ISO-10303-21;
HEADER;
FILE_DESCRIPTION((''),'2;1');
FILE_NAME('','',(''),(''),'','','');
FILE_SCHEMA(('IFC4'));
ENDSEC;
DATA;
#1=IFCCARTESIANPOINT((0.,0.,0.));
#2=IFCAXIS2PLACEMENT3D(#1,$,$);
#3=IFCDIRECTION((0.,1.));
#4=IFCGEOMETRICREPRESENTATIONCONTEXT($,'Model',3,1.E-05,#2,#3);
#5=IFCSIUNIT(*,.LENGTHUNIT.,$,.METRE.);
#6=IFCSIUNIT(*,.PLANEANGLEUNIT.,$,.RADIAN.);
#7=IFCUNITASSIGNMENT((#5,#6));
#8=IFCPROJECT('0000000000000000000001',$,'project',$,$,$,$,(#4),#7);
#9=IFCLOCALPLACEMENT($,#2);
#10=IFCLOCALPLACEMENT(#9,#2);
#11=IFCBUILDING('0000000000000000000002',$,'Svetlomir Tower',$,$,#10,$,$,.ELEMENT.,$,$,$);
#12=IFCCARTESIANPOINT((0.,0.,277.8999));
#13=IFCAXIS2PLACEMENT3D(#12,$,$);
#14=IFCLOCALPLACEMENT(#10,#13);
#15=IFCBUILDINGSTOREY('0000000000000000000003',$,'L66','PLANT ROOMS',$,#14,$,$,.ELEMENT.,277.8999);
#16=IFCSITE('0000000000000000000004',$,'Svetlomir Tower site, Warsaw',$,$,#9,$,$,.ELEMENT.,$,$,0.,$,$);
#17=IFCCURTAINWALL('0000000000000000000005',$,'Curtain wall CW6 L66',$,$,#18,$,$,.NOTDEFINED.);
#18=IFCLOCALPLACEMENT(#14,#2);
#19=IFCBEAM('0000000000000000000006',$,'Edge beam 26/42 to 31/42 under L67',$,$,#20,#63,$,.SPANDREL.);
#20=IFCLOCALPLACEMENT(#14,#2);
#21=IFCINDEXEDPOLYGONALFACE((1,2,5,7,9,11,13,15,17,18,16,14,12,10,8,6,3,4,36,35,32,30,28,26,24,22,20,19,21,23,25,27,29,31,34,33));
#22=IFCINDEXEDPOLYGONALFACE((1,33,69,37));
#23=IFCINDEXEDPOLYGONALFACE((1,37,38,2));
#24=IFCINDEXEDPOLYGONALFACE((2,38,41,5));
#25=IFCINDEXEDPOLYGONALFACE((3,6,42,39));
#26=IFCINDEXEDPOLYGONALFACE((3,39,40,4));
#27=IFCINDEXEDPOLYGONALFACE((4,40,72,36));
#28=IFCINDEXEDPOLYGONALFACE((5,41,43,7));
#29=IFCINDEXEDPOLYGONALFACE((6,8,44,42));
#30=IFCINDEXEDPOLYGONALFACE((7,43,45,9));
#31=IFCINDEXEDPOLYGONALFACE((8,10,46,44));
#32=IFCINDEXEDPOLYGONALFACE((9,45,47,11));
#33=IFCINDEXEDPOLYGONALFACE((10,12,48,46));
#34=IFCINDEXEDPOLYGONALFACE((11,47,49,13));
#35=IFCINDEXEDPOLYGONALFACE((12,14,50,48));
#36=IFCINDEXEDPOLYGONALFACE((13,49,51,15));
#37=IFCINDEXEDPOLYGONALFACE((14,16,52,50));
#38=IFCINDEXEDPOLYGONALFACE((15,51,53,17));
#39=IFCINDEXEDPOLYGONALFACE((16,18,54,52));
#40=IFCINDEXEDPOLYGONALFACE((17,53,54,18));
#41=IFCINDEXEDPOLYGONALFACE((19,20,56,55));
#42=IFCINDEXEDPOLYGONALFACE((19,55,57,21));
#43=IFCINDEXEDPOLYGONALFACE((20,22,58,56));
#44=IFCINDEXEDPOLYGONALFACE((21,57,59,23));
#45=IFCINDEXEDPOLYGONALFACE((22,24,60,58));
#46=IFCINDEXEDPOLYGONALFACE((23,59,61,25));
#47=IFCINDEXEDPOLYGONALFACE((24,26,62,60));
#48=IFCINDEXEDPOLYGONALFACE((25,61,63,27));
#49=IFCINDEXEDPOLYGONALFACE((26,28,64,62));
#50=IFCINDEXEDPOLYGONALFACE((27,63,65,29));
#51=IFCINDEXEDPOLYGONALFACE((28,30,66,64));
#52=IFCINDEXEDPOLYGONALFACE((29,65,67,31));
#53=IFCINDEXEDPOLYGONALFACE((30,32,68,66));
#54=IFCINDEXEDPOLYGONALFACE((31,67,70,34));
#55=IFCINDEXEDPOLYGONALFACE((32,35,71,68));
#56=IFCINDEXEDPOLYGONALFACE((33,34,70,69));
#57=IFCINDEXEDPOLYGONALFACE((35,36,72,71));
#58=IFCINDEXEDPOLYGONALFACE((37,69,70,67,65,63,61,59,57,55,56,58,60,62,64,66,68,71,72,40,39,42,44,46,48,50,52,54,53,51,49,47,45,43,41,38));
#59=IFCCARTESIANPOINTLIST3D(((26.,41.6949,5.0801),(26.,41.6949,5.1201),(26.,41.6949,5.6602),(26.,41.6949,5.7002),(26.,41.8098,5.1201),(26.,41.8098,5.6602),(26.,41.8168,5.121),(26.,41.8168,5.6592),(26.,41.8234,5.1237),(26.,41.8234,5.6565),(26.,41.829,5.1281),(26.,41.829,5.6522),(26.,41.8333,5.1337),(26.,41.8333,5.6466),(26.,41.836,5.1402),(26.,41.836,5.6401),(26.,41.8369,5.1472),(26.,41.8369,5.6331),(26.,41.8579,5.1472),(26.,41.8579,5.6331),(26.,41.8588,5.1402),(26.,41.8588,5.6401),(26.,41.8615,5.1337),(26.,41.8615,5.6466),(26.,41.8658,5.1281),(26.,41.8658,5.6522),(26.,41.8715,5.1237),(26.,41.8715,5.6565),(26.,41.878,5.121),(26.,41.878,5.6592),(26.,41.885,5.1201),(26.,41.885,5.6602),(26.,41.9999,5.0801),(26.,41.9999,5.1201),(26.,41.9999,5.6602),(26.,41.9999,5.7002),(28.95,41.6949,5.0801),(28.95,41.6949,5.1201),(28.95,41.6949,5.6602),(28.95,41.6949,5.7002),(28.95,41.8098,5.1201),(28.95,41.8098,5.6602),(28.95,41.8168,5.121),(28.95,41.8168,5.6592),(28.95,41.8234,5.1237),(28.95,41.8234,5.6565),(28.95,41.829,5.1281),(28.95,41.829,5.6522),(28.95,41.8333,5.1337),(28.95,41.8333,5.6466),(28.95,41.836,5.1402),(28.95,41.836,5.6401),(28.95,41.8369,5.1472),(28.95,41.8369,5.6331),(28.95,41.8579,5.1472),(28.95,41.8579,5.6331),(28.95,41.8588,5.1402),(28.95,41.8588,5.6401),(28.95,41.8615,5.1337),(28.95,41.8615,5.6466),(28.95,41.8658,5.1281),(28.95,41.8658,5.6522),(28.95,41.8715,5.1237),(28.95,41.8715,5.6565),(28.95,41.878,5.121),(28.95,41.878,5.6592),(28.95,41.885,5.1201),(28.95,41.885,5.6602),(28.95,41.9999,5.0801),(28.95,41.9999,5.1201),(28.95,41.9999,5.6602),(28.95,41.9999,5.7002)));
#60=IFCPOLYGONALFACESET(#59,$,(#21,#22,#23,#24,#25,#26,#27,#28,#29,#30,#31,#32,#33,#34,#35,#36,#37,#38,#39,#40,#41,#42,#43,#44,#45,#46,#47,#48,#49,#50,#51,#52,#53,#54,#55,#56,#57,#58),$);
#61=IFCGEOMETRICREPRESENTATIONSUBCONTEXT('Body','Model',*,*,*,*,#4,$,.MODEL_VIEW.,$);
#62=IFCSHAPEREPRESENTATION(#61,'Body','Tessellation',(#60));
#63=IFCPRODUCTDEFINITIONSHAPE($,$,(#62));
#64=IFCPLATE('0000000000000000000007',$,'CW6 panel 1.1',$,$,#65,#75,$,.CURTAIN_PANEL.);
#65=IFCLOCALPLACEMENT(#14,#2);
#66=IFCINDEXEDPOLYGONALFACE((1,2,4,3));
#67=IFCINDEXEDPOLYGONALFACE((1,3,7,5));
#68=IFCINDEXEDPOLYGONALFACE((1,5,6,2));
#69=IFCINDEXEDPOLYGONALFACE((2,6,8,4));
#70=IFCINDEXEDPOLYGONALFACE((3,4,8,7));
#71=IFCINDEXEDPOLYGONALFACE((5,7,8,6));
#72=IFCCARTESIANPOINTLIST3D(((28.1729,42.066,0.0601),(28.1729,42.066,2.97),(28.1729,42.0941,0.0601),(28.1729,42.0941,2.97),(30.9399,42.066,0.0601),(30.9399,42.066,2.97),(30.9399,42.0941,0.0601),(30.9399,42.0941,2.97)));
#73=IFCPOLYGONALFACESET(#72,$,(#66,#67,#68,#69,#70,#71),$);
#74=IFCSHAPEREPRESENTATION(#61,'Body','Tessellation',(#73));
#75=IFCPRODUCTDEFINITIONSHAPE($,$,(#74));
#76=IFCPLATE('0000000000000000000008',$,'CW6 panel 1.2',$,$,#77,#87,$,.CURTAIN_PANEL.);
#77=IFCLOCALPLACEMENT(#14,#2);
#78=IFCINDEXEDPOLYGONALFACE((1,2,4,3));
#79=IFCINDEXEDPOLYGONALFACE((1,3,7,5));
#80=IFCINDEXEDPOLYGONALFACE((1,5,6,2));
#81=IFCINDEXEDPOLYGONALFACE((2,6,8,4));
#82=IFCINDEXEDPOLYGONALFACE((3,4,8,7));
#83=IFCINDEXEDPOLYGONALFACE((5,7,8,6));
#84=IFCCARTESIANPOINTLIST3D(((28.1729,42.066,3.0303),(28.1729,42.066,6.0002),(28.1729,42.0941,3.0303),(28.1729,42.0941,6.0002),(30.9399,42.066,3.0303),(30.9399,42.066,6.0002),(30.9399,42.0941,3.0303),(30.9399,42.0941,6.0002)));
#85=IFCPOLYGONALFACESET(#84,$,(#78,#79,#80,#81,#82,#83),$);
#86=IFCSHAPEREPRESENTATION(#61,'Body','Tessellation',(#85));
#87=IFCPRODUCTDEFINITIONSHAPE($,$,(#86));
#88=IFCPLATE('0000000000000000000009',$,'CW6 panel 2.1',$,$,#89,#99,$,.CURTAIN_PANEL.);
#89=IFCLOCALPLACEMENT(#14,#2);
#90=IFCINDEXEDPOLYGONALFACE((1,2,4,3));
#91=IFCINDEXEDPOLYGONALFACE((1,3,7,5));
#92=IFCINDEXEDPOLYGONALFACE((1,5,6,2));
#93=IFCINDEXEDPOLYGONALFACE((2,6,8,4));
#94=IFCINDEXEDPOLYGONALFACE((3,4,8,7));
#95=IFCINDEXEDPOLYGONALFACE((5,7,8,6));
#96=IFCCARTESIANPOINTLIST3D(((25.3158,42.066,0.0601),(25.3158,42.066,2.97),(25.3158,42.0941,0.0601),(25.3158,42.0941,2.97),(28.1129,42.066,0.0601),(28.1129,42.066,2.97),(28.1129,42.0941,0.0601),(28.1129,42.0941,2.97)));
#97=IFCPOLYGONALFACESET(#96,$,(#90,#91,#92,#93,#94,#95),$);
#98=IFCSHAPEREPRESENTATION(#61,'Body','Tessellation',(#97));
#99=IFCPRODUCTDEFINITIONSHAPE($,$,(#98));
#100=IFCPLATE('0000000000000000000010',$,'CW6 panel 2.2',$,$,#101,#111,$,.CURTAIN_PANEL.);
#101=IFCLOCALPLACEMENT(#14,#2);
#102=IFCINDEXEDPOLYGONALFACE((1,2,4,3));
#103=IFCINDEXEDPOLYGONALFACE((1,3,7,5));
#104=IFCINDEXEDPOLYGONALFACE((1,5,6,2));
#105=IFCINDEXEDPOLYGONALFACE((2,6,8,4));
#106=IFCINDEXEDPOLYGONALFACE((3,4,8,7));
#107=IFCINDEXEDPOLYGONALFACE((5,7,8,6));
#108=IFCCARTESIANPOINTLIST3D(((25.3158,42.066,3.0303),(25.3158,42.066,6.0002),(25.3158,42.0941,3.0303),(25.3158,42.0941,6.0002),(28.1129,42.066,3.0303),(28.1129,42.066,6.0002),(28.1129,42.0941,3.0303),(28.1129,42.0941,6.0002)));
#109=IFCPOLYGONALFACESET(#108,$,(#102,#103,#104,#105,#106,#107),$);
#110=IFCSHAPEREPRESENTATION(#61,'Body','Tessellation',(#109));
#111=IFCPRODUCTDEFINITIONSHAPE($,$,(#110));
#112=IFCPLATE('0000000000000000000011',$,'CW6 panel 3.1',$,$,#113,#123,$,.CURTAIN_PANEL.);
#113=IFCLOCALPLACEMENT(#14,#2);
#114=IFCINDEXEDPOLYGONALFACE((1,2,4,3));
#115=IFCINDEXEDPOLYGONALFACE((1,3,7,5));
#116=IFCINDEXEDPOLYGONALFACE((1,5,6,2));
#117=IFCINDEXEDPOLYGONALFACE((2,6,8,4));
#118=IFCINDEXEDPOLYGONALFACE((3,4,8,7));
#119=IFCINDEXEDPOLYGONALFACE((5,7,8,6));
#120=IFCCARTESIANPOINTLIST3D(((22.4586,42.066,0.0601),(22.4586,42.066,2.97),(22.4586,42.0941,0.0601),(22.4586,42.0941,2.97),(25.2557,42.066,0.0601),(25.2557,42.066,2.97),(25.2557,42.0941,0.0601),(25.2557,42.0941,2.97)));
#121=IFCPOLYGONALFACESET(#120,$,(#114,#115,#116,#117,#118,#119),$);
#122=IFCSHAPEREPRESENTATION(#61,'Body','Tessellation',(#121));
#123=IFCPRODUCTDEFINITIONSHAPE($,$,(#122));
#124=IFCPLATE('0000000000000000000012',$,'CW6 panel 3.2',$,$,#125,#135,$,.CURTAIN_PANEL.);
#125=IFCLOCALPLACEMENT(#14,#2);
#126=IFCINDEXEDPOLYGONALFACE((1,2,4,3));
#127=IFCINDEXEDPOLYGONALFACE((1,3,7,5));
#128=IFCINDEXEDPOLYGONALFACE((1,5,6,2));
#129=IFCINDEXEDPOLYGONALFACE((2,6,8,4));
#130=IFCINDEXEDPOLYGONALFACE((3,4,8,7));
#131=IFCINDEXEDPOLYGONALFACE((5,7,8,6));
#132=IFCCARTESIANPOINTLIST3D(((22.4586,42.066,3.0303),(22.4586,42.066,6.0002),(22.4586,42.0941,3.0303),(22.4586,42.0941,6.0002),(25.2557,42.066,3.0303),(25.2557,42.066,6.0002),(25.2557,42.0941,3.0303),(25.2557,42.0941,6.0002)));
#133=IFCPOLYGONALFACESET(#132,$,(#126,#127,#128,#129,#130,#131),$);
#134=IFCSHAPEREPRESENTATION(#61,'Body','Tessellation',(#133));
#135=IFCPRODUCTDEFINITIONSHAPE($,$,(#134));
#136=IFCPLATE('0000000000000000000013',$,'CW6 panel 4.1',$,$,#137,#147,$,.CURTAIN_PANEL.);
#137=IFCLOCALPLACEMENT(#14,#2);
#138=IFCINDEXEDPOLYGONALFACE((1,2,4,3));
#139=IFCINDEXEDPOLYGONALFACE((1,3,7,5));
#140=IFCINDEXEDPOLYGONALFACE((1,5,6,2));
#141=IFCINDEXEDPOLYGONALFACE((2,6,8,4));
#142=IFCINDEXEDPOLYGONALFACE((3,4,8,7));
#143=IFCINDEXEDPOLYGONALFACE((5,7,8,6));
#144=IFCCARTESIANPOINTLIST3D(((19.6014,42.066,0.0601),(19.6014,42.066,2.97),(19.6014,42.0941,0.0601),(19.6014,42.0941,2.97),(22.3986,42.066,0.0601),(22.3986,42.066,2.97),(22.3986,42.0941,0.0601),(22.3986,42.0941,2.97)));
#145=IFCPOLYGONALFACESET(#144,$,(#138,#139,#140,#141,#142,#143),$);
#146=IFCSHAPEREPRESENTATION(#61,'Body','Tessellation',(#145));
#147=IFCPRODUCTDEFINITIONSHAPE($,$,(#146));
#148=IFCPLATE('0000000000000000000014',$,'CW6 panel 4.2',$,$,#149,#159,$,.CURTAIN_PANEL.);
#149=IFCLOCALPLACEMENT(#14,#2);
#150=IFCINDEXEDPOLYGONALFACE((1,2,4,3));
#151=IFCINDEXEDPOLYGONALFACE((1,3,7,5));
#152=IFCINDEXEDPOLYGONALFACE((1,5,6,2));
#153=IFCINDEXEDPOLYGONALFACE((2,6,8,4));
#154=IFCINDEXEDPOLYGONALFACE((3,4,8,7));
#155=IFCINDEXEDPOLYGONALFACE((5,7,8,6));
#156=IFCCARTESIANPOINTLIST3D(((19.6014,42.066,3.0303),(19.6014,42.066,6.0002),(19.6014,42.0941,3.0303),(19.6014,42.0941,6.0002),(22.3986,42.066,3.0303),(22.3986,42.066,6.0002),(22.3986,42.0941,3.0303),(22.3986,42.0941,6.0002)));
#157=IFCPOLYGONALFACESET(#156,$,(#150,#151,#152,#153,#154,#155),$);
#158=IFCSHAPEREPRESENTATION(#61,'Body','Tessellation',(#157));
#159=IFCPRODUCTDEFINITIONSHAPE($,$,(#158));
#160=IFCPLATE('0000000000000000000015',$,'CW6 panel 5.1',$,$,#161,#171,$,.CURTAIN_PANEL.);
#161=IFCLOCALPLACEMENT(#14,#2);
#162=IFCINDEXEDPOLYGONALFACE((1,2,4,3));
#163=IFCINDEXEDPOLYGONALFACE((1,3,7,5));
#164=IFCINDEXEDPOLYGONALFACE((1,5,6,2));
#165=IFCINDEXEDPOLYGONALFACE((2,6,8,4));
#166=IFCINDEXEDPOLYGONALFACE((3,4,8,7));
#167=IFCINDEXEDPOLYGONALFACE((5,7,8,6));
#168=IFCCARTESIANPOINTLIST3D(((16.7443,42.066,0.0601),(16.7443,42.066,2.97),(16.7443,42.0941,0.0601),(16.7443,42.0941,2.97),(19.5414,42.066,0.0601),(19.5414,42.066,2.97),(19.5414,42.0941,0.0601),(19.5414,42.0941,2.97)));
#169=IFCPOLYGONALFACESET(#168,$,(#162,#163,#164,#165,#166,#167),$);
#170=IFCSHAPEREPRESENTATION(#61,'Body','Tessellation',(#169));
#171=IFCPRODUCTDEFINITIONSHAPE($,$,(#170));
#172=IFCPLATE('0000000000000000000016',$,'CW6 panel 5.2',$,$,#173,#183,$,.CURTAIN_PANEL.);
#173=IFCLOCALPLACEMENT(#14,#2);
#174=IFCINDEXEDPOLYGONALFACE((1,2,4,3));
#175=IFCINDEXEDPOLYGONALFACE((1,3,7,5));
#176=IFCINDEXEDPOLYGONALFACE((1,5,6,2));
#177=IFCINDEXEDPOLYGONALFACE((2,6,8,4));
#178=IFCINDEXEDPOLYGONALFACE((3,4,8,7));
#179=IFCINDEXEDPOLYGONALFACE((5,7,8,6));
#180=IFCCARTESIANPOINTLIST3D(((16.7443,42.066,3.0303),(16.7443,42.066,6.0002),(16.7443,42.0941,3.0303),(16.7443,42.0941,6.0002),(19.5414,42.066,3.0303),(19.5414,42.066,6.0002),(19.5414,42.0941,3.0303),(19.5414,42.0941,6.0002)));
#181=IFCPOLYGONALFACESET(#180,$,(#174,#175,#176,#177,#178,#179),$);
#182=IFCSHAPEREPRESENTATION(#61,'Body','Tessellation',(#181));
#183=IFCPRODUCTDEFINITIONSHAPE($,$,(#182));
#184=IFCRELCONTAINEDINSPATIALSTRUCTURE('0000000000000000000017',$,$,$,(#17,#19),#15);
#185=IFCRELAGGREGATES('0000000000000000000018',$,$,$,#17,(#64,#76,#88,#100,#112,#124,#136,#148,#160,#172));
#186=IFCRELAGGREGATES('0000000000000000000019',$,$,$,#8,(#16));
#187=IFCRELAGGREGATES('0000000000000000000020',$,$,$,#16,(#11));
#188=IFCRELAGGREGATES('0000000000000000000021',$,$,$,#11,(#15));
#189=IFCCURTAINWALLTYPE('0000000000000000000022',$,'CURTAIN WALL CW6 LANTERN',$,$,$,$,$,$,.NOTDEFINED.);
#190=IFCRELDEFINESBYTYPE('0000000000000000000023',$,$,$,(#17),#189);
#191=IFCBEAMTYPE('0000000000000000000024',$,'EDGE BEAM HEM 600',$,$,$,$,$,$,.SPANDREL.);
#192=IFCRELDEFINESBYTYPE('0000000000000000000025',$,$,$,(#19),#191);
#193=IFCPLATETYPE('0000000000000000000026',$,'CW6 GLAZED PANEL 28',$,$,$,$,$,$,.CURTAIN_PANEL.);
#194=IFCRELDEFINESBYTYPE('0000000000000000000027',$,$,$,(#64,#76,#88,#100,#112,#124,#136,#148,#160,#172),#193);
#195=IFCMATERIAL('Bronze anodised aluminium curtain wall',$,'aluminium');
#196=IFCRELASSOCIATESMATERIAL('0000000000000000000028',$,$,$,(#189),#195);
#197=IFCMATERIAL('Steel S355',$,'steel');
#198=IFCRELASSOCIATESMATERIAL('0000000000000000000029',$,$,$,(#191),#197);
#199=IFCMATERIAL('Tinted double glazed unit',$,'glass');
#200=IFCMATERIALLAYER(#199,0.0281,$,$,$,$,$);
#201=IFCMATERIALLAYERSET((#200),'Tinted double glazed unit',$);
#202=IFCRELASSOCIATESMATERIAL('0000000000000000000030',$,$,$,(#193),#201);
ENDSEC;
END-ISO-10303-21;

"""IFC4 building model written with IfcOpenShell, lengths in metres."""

from ifc_helpers import new_model, si_unit, direction, frame, origin, origin_2d, place, context, subcontext, project, spatial, rectangle, i_section, extrude, material, layer, layer_set, material_profile, profile_set, type_object, element, aggregate, save


model = new_model("IFC4")

# Units and contexts
model_context = context("Model", 3, precision=1e-05, world=origin(), true_north=direction((0.0, 1.0)))
body_context = subcontext(model_context, "Body", "Model", "MODEL_VIEW")
ifc_project = project(units=[si_unit("LENGTHUNIT", "METRE"), si_unit("PLANEANGLEUNIT", "RADIAN")], contexts=[model_context])

# Site, building, storey
site_placement = place(None, origin())
site = spatial("IfcSite", under=ifc_project, at=site_placement, Name="Svetlomir Tower site, Warsaw", CompositionType="ELEMENT", RefElevation=0.0)
building_placement = place(site_placement, origin())
building = spatial("IfcBuilding", under=site, at=building_placement, Name="Svetlomir Tower", CompositionType="ELEMENT")
storey_placement = place(building_placement, frame((0.0, 0.0, 277.8999)))
storey = spatial("IfcBuildingStorey", under=building, at=storey_placement, Name="L66", Description="PLANT ROOMS", CompositionType="ELEMENT", Elevation=277.8999)

# Curtain wall
ifc_material_1 = material(Name="Bronze anodised aluminium curtain wall", Category="aluminium")
curtain_wall_type = type_object("IfcCurtainWallType", Name="CURTAIN WALL CW6 LANTERN", PredefinedType="NOTDEFINED", material=ifc_material_1)
curtain_wall_placement = place(storey_placement, origin())
curtain_wall = element("IfcCurtainWall", 1, at=curtain_wall_placement, inside=storey, type_object=curtain_wall_type, Name="Curtain wall CW6 L66", PredefinedType="NOTDEFINED")

# Beam
ifc_material_2 = material(Name="Steel S355", Category="steel")
ifc_material_profile_1 = material_profile(ifc_material_2, i_section(OverallWidth=0.3049, OverallDepth=0.6201, WebThickness=0.021, FlangeThickness=0.04, FilletRadius=0.0271, at=origin_2d()), Name="HEM 600")
ifc_profile_set_1 = profile_set([ifc_material_profile_1], Name="Steel S355")
beam_type = type_object("IfcBeamType", Name="EDGE BEAM HEM 600", PredefinedType="SPANDREL", material=ifc_profile_set_1)
beam_placement = place(storey_placement, frame((26.0, 41.8474, 5.3901), z_axis=(1.0, 0.0, 0.0), x_axis=(0.0, 1.0, 0.0)))
element("IfcBeam", 2, at=beam_placement, inside=storey, type_object=beam_type, Name="Edge beam 26/42 to 31/42 under L67", PredefinedType="SPANDREL", context=body_context, shape_type="SweptSolid", body=[
    extrude(i_section(OverallWidth=0.3049, OverallDepth=0.6201, WebThickness=0.021, FlangeThickness=0.04, FilletRadius=0.0271, at=origin_2d()), origin(), (0.0, 0.0, 1.0), 2.95),
])

# Plates
ifc_material_3 = material(Name="Tinted double glazed unit", Category="glass")
ifc_layer = layer(ifc_material_3, 0.0281)
ifc_layer_set = layer_set([ifc_layer], Name="Tinted double glazed unit")
plate_type = type_object("IfcPlateType", Name="CW6 GLAZED PANEL 28", PredefinedType="CURTAIN_PANEL", material=ifc_layer_set)
plate_1_placement = place(storey_placement, frame((29.5564, 42.0801, 0.0601), z_axis=(0.0, 0.0, 1.0), x_axis=(-1.0, 0.0, 0.0)))
plate_1 = element("IfcPlate", 3, at=plate_1_placement, type_object=plate_type, Name="CW6 panel 1.1", PredefinedType="CURTAIN_PANEL", context=body_context, shape_type="SweptSolid", body=[
    extrude(rectangle(XDim=2.7671, YDim=0.0281, at=origin_2d()), origin(), (0.0, 0.0, 1.0), 2.9099),
])
plate_2_placement = place(storey_placement, frame((29.5564, 42.0801, 3.0303), z_axis=(0.0, 0.0, 1.0), x_axis=(-1.0, 0.0, 0.0)))
plate_2 = element("IfcPlate", 4, at=plate_2_placement, type_object=plate_type, Name="CW6 panel 1.2", PredefinedType="CURTAIN_PANEL", context=body_context, shape_type="SweptSolid", body=[
    extrude(rectangle(XDim=2.7671, YDim=0.0281, at=origin_2d()), origin(), (0.0, 0.0, 1.0), 2.97),
])
plate_3_placement = place(storey_placement, frame((26.7144, 42.0801, 0.0601), z_axis=(0.0, 0.0, 1.0), x_axis=(-1.0, 0.0, 0.0)))
plate_3 = element("IfcPlate", 5, at=plate_3_placement, type_object=plate_type, Name="CW6 panel 2.1", PredefinedType="CURTAIN_PANEL", context=body_context, shape_type="SweptSolid", body=[
    extrude(rectangle(XDim=2.7971, YDim=0.0281, at=origin_2d()), origin(), (0.0, 0.0, 1.0), 2.9099),
])
plate_4_placement = place(storey_placement, frame((26.7144, 42.0801, 3.0303), z_axis=(0.0, 0.0, 1.0), x_axis=(-1.0, 0.0, 0.0)))
plate_4 = element("IfcPlate", 6, at=plate_4_placement, type_object=plate_type, Name="CW6 panel 2.2", PredefinedType="CURTAIN_PANEL", context=body_context, shape_type="SweptSolid", body=[
    extrude(rectangle(XDim=2.7971, YDim=0.0281, at=origin_2d()), origin(), (0.0, 0.0, 1.0), 2.97),
])
plate_5_placement = place(storey_placement, frame((23.8572, 42.0801, 0.0601), z_axis=(0.0, 0.0, 1.0), x_axis=(-1.0, 0.0, 0.0)))
plate_5 = element("IfcPlate", 7, at=plate_5_placement, type_object=plate_type, Name="CW6 panel 3.1", PredefinedType="CURTAIN_PANEL", context=body_context, shape_type="SweptSolid", body=[
    extrude(rectangle(XDim=2.7971, YDim=0.0281, at=origin_2d()), origin(), (0.0, 0.0, 1.0), 2.9099),
])
plate_6_placement = place(storey_placement, frame((23.8572, 42.0801, 3.0303), z_axis=(0.0, 0.0, 1.0), x_axis=(-1.0, 0.0, 0.0)))
plate_6 = element("IfcPlate", 8, at=plate_6_placement, type_object=plate_type, Name="CW6 panel 3.2", PredefinedType="CURTAIN_PANEL", context=body_context, shape_type="SweptSolid", body=[
    extrude(rectangle(XDim=2.7971, YDim=0.0281, at=origin_2d()), origin(), (0.0, 0.0, 1.0), 2.97),
])
plate_7_placement = place(storey_placement, frame((21.0, 42.0801, 0.0601), z_axis=(0.0, 0.0, 1.0), x_axis=(-1.0, 0.0, 0.0)))
plate_7 = element("IfcPlate", 9, at=plate_7_placement, type_object=plate_type, Name="CW6 panel 4.1", PredefinedType="CURTAIN_PANEL", context=body_context, shape_type="SweptSolid", body=[
    extrude(rectangle(XDim=2.7971, YDim=0.0281, at=origin_2d()), origin(), (0.0, 0.0, 1.0), 2.9099),
])
plate_8_placement = place(storey_placement, frame((21.0, 42.0801, 3.0303), z_axis=(0.0, 0.0, 1.0), x_axis=(-1.0, 0.0, 0.0)))
plate_8 = element("IfcPlate", 10, at=plate_8_placement, type_object=plate_type, Name="CW6 panel 4.2", PredefinedType="CURTAIN_PANEL", context=body_context, shape_type="SweptSolid", body=[
    extrude(rectangle(XDim=2.7971, YDim=0.0281, at=origin_2d()), origin(), (0.0, 0.0, 1.0), 2.97),
])
plate_9_placement = place(storey_placement, frame((18.1428, 42.0801, 0.0601), z_axis=(0.0, 0.0, 1.0), x_axis=(-1.0, 0.0, 0.0)))
plate_9 = element("IfcPlate", 11, at=plate_9_placement, type_object=plate_type, Name="CW6 panel 5.1", PredefinedType="CURTAIN_PANEL", context=body_context, shape_type="SweptSolid", body=[
    extrude(rectangle(XDim=2.7971, YDim=0.0281, at=origin_2d()), origin(), (0.0, 0.0, 1.0), 2.9099),
])
plate_10_placement = place(storey_placement, frame((18.1428, 42.0801, 3.0303), z_axis=(0.0, 0.0, 1.0), x_axis=(-1.0, 0.0, 0.0)))
plate_10 = element("IfcPlate", 12, at=plate_10_placement, type_object=plate_type, Name="CW6 panel 5.2", PredefinedType="CURTAIN_PANEL", context=body_context, shape_type="SweptSolid", body=[
    extrude(rectangle(XDim=2.7971, YDim=0.0281, at=origin_2d()), origin(), (0.0, 0.0, 1.0), 2.97),
])
aggregate(curtain_wall, [plate_1, plate_2, plate_3, plate_4, plate_5, plate_6, plate_7, plate_8, plate_9, plate_10])

save(model, "model.ifc")
